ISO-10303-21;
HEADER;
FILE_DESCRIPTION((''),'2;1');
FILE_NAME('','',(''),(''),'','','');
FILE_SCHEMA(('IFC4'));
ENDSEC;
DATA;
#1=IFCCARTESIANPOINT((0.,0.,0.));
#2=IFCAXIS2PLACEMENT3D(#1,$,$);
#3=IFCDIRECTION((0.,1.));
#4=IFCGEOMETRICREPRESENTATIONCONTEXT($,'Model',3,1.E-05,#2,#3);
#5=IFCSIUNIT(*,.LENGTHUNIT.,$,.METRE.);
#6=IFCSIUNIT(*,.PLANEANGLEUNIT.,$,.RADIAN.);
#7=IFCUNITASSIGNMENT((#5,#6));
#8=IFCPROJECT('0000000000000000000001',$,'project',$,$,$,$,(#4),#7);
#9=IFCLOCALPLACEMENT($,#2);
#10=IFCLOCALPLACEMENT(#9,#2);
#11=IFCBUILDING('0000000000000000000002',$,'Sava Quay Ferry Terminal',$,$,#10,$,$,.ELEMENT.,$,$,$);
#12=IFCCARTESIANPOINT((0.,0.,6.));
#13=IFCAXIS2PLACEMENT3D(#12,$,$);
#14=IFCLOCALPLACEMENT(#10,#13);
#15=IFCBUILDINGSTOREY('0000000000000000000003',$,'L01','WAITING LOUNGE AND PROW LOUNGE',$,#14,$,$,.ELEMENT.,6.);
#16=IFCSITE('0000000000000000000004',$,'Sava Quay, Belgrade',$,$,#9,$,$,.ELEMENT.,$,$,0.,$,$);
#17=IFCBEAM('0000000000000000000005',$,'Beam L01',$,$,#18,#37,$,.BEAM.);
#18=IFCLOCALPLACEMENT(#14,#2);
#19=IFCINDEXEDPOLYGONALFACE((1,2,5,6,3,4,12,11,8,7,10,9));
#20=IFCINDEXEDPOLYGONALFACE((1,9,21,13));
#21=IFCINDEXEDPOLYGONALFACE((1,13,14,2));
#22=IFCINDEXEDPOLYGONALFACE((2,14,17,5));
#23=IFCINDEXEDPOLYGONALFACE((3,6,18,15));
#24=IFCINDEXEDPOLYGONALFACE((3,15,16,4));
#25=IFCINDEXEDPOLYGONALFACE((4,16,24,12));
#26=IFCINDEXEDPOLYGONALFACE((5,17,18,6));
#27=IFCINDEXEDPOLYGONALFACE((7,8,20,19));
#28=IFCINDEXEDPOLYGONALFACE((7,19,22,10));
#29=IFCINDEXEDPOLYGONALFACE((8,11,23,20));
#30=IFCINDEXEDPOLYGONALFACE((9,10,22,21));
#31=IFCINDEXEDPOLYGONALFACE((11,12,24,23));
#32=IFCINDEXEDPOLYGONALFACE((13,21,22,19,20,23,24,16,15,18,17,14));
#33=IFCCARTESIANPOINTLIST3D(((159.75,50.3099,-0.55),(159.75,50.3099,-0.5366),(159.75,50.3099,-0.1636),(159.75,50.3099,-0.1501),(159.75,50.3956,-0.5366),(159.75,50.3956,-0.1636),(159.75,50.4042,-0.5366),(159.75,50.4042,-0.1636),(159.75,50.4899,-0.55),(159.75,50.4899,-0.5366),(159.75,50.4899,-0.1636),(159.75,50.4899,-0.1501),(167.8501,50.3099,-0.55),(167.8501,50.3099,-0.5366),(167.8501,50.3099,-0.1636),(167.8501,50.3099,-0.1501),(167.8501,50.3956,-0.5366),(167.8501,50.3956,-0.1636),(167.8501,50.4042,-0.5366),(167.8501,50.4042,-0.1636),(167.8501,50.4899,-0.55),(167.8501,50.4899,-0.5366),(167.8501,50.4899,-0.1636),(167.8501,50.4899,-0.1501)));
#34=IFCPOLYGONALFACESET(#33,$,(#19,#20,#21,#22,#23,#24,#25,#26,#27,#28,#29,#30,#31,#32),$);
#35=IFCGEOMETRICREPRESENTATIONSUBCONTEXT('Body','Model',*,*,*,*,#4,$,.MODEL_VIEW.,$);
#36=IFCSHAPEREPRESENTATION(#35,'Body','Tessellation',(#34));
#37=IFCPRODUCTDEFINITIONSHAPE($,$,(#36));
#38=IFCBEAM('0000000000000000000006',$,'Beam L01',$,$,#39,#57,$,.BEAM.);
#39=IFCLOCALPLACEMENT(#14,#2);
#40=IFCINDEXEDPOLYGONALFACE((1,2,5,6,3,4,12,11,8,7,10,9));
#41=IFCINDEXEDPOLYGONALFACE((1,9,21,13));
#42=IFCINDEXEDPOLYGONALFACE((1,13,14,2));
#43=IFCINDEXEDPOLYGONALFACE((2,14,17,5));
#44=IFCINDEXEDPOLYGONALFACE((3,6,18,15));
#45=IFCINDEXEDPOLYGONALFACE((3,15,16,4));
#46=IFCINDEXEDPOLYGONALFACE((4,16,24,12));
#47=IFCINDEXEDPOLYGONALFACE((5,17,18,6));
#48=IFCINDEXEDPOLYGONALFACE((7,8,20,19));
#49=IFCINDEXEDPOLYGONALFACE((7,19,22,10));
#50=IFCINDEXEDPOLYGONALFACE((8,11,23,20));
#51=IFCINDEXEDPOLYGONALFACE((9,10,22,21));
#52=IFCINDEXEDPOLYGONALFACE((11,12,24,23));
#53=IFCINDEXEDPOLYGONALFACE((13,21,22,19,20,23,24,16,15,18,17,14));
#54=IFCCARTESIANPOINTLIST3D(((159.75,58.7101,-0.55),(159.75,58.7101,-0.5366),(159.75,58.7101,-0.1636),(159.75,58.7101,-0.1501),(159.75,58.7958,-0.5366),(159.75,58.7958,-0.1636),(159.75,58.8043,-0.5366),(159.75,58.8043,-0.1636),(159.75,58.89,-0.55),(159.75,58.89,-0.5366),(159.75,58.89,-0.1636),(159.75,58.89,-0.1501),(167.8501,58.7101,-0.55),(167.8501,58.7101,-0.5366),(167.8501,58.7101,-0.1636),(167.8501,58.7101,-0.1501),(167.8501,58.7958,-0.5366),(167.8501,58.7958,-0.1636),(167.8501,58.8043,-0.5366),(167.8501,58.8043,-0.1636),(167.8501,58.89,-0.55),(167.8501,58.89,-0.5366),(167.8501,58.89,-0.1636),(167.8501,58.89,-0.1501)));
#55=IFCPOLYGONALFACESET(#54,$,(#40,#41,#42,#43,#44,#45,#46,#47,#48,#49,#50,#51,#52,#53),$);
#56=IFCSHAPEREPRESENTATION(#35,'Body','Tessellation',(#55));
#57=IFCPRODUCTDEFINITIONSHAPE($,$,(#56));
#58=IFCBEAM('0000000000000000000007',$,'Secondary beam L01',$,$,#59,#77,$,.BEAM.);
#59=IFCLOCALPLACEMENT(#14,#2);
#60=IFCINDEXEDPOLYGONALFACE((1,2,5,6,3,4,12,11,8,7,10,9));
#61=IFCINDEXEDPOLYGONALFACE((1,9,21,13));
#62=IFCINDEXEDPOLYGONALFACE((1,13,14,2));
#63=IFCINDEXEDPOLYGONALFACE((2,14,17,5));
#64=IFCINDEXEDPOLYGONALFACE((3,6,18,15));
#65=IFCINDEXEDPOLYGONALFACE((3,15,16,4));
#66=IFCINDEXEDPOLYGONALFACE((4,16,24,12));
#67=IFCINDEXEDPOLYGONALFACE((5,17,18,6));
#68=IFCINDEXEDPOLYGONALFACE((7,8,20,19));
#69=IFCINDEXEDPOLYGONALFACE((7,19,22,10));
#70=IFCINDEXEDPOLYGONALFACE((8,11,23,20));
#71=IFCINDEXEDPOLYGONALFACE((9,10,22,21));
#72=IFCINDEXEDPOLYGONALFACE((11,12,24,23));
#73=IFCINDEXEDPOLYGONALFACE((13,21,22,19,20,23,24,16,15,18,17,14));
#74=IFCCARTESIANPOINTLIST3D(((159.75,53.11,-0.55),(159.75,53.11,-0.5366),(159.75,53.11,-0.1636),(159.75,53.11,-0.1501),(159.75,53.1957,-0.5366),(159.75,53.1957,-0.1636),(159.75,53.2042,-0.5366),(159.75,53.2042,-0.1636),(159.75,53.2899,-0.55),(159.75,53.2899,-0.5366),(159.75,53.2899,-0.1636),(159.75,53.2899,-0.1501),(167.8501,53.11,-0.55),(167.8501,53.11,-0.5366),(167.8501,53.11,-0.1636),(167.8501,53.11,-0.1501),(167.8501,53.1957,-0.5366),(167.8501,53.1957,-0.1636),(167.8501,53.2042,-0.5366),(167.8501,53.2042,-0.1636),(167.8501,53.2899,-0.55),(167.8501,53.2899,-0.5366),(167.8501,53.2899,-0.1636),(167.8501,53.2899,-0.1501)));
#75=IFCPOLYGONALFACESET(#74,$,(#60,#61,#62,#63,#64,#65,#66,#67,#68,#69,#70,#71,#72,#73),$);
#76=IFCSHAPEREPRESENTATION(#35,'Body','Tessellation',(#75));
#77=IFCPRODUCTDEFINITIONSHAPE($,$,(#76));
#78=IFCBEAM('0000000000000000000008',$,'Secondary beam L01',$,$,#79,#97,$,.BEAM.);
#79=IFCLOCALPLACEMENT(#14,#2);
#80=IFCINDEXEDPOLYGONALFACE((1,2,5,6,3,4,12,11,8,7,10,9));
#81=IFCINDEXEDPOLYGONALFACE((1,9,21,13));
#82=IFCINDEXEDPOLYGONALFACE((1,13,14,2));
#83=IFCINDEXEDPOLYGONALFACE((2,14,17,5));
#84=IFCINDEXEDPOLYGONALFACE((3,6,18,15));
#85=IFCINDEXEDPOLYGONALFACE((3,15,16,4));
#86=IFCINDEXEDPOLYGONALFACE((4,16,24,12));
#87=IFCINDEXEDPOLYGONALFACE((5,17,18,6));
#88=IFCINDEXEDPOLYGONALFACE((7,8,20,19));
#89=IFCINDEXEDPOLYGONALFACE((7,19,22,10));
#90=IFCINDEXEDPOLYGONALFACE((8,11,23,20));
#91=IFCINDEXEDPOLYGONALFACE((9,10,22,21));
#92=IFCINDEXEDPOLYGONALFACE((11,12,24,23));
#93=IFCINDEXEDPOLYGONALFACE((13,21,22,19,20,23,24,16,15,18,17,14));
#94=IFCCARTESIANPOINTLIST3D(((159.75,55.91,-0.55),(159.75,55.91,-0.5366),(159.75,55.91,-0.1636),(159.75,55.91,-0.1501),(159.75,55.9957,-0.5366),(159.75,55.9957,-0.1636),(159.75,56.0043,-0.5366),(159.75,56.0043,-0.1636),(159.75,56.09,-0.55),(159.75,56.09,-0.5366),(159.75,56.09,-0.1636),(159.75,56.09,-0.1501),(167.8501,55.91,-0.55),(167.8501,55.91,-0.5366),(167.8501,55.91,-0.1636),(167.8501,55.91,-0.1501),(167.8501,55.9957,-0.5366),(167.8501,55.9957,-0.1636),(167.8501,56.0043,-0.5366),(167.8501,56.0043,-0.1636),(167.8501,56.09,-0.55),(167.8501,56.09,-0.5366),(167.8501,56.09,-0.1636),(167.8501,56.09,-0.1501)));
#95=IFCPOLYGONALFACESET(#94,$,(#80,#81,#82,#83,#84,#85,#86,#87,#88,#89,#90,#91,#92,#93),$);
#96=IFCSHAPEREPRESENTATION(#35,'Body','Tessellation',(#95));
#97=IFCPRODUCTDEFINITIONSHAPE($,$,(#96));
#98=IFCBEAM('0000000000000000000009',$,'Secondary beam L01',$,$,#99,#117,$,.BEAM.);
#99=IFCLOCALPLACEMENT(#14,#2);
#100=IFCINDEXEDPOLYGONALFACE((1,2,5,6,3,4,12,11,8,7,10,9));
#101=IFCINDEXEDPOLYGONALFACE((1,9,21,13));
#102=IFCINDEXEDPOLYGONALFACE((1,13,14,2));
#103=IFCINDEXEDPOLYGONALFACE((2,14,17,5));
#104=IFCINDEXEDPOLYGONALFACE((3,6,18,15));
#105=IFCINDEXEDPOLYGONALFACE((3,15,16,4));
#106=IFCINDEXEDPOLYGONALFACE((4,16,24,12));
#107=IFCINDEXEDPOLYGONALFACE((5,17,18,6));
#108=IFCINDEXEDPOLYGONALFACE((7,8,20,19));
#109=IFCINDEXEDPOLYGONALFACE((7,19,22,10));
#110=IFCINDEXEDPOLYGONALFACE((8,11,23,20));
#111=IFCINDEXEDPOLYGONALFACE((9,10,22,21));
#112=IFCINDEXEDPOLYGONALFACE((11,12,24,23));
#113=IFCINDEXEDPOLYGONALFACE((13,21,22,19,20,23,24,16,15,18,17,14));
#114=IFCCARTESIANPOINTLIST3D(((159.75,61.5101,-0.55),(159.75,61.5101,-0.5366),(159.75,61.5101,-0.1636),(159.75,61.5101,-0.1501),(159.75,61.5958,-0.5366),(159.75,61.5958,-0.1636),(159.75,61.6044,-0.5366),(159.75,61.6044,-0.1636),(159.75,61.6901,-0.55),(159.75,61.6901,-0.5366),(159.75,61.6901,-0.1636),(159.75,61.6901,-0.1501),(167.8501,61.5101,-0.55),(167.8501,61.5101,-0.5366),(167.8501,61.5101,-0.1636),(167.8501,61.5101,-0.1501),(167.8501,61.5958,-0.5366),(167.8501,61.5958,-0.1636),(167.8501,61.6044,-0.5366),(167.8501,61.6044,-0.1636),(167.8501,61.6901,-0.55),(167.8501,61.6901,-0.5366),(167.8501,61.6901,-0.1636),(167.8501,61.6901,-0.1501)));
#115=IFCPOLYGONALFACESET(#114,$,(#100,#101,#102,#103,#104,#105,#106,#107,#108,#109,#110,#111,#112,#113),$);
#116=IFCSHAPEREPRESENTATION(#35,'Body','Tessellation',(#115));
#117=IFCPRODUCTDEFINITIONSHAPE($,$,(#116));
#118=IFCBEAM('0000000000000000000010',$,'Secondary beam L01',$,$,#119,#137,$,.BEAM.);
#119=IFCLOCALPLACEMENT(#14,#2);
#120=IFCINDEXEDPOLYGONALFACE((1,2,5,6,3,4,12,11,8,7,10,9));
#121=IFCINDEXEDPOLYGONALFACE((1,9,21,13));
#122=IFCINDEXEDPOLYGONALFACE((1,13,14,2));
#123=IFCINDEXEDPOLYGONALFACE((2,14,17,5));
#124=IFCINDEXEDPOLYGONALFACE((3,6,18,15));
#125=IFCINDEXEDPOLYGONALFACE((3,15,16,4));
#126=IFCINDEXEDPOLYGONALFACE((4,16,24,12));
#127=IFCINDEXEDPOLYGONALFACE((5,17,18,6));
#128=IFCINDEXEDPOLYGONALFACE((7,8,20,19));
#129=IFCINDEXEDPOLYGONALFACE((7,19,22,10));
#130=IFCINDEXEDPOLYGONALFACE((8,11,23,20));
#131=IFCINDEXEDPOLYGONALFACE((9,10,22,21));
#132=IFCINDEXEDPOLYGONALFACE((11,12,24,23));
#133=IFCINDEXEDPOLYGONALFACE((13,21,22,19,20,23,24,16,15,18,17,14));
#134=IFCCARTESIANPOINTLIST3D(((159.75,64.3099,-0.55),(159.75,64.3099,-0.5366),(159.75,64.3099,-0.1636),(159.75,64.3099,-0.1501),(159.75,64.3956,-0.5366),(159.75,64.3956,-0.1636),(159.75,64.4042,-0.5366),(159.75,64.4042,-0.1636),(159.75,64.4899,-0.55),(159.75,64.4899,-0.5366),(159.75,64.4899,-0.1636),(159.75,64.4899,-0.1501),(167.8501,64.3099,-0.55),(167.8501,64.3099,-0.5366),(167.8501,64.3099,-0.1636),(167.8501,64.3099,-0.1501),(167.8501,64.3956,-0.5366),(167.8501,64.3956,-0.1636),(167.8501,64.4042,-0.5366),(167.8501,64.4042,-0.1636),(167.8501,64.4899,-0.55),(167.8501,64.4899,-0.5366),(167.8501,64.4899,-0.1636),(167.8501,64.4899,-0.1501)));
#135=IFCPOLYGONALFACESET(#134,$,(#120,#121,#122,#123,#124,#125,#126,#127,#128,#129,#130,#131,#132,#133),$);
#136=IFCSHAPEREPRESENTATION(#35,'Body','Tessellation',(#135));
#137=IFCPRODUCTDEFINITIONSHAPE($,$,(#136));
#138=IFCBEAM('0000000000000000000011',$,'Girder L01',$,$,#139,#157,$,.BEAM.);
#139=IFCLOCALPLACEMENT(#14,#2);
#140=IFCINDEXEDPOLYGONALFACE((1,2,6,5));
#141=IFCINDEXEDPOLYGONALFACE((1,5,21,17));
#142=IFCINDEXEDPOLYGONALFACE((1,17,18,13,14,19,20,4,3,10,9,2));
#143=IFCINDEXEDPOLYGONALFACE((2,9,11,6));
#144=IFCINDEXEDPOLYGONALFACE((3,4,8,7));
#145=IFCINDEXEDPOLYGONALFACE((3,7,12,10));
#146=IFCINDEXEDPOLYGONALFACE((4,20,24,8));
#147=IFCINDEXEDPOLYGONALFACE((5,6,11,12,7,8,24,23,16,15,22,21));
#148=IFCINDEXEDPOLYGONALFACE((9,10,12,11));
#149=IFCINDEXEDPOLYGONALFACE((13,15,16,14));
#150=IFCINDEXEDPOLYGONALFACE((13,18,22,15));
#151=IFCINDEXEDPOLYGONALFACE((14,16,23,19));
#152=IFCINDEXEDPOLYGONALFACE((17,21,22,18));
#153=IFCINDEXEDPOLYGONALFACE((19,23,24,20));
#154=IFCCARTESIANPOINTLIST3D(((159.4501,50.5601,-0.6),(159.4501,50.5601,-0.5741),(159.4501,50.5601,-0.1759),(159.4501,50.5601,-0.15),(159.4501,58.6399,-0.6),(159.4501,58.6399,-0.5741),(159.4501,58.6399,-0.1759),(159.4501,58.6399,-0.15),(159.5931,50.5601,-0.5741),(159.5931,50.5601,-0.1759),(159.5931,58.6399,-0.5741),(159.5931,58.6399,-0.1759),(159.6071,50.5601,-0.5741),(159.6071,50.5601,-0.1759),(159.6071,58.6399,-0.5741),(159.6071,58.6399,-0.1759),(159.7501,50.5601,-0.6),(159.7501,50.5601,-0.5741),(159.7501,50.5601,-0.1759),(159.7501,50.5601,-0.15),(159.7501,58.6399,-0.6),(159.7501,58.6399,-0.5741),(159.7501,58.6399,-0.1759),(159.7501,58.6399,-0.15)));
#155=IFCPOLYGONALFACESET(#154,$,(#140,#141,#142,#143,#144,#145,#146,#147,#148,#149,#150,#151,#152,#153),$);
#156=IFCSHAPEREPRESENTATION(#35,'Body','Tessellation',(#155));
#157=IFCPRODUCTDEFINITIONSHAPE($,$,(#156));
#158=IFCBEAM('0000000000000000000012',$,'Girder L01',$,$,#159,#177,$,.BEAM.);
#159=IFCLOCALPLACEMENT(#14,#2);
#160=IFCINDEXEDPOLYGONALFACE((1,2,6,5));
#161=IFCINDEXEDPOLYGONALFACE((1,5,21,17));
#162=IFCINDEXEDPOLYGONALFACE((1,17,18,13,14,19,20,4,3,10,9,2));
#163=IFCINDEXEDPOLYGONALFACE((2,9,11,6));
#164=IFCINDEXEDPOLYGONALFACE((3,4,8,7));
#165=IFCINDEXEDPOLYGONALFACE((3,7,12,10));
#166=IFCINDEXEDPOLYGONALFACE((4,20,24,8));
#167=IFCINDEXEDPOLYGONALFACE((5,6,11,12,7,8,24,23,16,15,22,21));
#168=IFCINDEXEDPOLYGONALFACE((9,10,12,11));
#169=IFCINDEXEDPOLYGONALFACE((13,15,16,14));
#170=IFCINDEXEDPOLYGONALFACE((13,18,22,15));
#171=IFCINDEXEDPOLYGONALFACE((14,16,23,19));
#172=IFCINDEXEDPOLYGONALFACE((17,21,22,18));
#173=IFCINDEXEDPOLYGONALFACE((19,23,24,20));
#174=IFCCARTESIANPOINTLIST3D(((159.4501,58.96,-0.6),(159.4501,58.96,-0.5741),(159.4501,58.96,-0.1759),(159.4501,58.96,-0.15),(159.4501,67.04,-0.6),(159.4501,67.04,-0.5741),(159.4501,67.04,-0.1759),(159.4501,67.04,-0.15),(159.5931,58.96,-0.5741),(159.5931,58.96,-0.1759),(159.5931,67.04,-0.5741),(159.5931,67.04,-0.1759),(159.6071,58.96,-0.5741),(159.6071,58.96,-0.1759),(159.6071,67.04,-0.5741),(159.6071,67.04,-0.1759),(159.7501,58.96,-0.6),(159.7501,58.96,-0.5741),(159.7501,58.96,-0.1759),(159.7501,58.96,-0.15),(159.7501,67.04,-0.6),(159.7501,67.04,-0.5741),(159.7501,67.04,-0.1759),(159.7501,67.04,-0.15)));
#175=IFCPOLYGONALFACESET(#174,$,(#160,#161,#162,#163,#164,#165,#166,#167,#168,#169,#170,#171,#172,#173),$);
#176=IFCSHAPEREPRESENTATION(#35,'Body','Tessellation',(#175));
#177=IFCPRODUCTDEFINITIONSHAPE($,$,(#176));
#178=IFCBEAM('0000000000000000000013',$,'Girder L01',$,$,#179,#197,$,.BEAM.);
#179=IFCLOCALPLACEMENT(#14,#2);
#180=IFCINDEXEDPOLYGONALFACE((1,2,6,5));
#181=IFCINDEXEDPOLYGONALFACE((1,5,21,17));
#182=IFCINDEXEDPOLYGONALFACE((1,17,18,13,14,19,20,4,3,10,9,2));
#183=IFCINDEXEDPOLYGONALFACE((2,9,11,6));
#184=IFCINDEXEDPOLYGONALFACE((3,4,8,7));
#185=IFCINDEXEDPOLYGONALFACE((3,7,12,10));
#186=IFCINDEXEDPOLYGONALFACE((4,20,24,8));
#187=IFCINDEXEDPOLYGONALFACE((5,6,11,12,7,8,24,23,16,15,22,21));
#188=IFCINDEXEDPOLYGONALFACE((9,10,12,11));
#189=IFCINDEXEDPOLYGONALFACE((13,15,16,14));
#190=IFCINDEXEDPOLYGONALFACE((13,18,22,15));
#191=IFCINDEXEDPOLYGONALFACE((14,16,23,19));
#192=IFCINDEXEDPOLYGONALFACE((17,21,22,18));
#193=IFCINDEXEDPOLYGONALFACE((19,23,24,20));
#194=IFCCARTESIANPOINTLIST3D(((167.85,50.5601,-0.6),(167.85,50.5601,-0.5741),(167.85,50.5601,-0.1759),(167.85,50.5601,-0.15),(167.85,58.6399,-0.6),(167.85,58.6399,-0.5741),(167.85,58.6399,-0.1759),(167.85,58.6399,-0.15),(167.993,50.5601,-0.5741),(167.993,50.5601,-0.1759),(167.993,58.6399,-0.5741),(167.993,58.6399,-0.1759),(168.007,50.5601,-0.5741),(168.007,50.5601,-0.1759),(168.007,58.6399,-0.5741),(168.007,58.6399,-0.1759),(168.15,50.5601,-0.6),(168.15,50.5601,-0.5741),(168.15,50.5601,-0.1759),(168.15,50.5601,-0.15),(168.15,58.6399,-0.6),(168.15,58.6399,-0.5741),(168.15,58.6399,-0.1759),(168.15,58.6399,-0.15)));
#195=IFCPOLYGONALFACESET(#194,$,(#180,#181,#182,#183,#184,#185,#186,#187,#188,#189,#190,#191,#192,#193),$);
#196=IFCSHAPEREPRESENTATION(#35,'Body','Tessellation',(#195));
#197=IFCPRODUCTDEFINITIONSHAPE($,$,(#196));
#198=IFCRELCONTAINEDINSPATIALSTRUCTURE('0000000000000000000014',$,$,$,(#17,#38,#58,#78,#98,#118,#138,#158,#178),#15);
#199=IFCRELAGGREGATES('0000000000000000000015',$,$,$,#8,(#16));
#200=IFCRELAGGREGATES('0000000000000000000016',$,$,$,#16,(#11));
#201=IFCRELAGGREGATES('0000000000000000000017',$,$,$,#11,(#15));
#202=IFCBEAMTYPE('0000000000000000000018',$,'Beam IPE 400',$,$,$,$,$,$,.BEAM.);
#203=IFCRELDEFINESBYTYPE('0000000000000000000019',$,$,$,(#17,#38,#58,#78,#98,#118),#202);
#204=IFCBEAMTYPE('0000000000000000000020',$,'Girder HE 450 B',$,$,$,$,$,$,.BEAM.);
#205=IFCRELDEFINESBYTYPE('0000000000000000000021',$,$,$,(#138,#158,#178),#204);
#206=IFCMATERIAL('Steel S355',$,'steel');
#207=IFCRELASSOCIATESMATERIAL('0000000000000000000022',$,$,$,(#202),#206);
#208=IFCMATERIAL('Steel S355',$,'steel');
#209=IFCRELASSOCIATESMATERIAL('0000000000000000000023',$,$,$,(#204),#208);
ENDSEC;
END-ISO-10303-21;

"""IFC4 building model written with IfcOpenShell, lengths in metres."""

from ifc_helpers import new_model, si_unit, direction, frame, origin, origin_2d, place, context, subcontext, project, spatial, i_section, extrude, material, material_profile, profile_set, type_object, element, save


model = new_model("IFC4")

# Units and contexts
model_context = context("Model", 3, precision=1e-05, world=origin(), true_north=direction((0.0, 1.0)))
body_context = subcontext(model_context, "Body", "Model", "MODEL_VIEW")
ifc_project = project(units=[si_unit("LENGTHUNIT", "METRE"), si_unit("PLANEANGLEUNIT", "RADIAN")], contexts=[model_context])

# Site, building, storey
site_placement = place(None, origin())
site = spatial("IfcSite", under=ifc_project, at=site_placement, Name="Sava Quay, Belgrade", CompositionType="ELEMENT", RefElevation=0.0)
building_placement = place(site_placement, origin())
building = spatial("IfcBuilding", under=site, at=building_placement, Name="Sava Quay Ferry Terminal", CompositionType="ELEMENT")
storey_placement = place(building_placement, frame((0.0, 0.0, 6.0)))
storey = spatial("IfcBuildingStorey", under=building, at=storey_placement, Name="L01", Description="WAITING LOUNGE AND PROW LOUNGE", CompositionType="ELEMENT", Elevation=6.0)

# Beams
ifc_material_1 = material(Name="Steel S355", Category="steel")
ifc_material_profile_1 = material_profile(ifc_material_1, i_section(OverallWidth=0.1799, OverallDepth=0.3999, WebThickness=0.0085, FlangeThickness=0.0134, at=origin_2d()), Name="IPE 400")
ifc_profile_set_1 = profile_set([ifc_material_profile_1], Name="Steel S355")
beam_type_1 = type_object("IfcBeamType", Name="Beam IPE 400", PredefinedType="BEAM", material=ifc_profile_set_1)
for number, where, z_axis, x_axis, name in (
    (1, (159.75, 50.3999, -0.3501), (1.0, 0.0, 0.0), (0.0, 1.0, 0.0), "Beam L01"),
    (2, (159.75, 58.8, -0.3501), (1.0, 0.0, 0.0), (0.0, 1.0, 0.0), "Beam L01"),
    (3, (159.75, 53.2, -0.3501), (1.0, 0.0, 0.0), (0.0, 1.0, 0.0), "Secondary beam L01"),
    (4, (159.75, 56.0, -0.3501), (1.0, 0.0, 0.0), (0.0, 1.0, 0.0), "Secondary beam L01"),
    (5, (159.75, 61.6001, -0.3501), (1.0, 0.0, 0.0), (0.0, 1.0, 0.0), "Secondary beam L01"),
    (6, (159.75, 64.3999, -0.3501), (1.0, 0.0, 0.0), (0.0, 1.0, 0.0), "Secondary beam L01"),
):
    element("IfcBeam", number, at=place(storey_placement, frame(where, z_axis=z_axis, x_axis=x_axis)), inside=storey, type_object=beam_type_1, Name=name, PredefinedType="BEAM", context=body_context, shape_type="SweptSolid", body=[
        extrude(i_section(OverallWidth=0.1799, OverallDepth=0.3999, WebThickness=0.0085, FlangeThickness=0.0134, at=origin_2d()), origin(), (0.0, 0.0, 1.0), 8.1001),
    ])
ifc_material_2 = material(Name="Steel S355", Category="steel")
ifc_material_profile_2 = material_profile(ifc_material_2, i_section(OverallWidth=0.3, OverallDepth=0.45, WebThickness=0.0139, FlangeThickness=0.0259, at=origin_2d()), Name="HE 450 B")
ifc_profile_set_2 = profile_set([ifc_material_profile_2], Name="Steel S355")
beam_type_2 = type_object("IfcBeamType", Name="Girder HE 450 B", PredefinedType="BEAM", material=ifc_profile_set_2)
beam_1_placement = place(storey_placement, frame((159.6001, 50.5601, -0.375), z_axis=(0.0, 1.0, 0.0), x_axis=(-1.0, 0.0, 0.0)))
element("IfcBeam", 7, at=beam_1_placement, inside=storey, type_object=beam_type_2, Name="Girder L01", PredefinedType="BEAM", context=body_context, shape_type="SweptSolid", body=[
    extrude(i_section(OverallWidth=0.3, OverallDepth=0.45, WebThickness=0.0139, FlangeThickness=0.0259, at=origin_2d()), origin(), (0.0, 0.0, 1.0), 8.0798),
])
beam_2_placement = place(storey_placement, frame((159.6001, 58.96, -0.375), z_axis=(0.0, 1.0, 0.0), x_axis=(-1.0, 0.0, 0.0)))
element("IfcBeam", 8, at=beam_2_placement, inside=storey, type_object=beam_type_2, Name="Girder L01", PredefinedType="BEAM", context=body_context, shape_type="SweptSolid", body=[
    extrude(i_section(OverallWidth=0.3, OverallDepth=0.45, WebThickness=0.0139, FlangeThickness=0.0259, at=origin_2d()), origin(), (0.0, 0.0, 1.0), 8.0801),
])
beam_3_placement = place(storey_placement, frame((168.0, 50.5601, -0.375), z_axis=(0.0, 1.0, 0.0), x_axis=(-1.0, 0.0, 0.0)))
element("IfcBeam", 9, at=beam_3_placement, inside=storey, type_object=beam_type_2, Name="Girder L01", PredefinedType="BEAM", context=body_context, shape_type="SweptSolid", body=[
    extrude(i_section(OverallWidth=0.3, OverallDepth=0.45, WebThickness=0.0139, FlangeThickness=0.0259, at=origin_2d()), origin(), (0.0, 0.0, 1.0), 8.0798),
])

save(model, "model.ifc")
